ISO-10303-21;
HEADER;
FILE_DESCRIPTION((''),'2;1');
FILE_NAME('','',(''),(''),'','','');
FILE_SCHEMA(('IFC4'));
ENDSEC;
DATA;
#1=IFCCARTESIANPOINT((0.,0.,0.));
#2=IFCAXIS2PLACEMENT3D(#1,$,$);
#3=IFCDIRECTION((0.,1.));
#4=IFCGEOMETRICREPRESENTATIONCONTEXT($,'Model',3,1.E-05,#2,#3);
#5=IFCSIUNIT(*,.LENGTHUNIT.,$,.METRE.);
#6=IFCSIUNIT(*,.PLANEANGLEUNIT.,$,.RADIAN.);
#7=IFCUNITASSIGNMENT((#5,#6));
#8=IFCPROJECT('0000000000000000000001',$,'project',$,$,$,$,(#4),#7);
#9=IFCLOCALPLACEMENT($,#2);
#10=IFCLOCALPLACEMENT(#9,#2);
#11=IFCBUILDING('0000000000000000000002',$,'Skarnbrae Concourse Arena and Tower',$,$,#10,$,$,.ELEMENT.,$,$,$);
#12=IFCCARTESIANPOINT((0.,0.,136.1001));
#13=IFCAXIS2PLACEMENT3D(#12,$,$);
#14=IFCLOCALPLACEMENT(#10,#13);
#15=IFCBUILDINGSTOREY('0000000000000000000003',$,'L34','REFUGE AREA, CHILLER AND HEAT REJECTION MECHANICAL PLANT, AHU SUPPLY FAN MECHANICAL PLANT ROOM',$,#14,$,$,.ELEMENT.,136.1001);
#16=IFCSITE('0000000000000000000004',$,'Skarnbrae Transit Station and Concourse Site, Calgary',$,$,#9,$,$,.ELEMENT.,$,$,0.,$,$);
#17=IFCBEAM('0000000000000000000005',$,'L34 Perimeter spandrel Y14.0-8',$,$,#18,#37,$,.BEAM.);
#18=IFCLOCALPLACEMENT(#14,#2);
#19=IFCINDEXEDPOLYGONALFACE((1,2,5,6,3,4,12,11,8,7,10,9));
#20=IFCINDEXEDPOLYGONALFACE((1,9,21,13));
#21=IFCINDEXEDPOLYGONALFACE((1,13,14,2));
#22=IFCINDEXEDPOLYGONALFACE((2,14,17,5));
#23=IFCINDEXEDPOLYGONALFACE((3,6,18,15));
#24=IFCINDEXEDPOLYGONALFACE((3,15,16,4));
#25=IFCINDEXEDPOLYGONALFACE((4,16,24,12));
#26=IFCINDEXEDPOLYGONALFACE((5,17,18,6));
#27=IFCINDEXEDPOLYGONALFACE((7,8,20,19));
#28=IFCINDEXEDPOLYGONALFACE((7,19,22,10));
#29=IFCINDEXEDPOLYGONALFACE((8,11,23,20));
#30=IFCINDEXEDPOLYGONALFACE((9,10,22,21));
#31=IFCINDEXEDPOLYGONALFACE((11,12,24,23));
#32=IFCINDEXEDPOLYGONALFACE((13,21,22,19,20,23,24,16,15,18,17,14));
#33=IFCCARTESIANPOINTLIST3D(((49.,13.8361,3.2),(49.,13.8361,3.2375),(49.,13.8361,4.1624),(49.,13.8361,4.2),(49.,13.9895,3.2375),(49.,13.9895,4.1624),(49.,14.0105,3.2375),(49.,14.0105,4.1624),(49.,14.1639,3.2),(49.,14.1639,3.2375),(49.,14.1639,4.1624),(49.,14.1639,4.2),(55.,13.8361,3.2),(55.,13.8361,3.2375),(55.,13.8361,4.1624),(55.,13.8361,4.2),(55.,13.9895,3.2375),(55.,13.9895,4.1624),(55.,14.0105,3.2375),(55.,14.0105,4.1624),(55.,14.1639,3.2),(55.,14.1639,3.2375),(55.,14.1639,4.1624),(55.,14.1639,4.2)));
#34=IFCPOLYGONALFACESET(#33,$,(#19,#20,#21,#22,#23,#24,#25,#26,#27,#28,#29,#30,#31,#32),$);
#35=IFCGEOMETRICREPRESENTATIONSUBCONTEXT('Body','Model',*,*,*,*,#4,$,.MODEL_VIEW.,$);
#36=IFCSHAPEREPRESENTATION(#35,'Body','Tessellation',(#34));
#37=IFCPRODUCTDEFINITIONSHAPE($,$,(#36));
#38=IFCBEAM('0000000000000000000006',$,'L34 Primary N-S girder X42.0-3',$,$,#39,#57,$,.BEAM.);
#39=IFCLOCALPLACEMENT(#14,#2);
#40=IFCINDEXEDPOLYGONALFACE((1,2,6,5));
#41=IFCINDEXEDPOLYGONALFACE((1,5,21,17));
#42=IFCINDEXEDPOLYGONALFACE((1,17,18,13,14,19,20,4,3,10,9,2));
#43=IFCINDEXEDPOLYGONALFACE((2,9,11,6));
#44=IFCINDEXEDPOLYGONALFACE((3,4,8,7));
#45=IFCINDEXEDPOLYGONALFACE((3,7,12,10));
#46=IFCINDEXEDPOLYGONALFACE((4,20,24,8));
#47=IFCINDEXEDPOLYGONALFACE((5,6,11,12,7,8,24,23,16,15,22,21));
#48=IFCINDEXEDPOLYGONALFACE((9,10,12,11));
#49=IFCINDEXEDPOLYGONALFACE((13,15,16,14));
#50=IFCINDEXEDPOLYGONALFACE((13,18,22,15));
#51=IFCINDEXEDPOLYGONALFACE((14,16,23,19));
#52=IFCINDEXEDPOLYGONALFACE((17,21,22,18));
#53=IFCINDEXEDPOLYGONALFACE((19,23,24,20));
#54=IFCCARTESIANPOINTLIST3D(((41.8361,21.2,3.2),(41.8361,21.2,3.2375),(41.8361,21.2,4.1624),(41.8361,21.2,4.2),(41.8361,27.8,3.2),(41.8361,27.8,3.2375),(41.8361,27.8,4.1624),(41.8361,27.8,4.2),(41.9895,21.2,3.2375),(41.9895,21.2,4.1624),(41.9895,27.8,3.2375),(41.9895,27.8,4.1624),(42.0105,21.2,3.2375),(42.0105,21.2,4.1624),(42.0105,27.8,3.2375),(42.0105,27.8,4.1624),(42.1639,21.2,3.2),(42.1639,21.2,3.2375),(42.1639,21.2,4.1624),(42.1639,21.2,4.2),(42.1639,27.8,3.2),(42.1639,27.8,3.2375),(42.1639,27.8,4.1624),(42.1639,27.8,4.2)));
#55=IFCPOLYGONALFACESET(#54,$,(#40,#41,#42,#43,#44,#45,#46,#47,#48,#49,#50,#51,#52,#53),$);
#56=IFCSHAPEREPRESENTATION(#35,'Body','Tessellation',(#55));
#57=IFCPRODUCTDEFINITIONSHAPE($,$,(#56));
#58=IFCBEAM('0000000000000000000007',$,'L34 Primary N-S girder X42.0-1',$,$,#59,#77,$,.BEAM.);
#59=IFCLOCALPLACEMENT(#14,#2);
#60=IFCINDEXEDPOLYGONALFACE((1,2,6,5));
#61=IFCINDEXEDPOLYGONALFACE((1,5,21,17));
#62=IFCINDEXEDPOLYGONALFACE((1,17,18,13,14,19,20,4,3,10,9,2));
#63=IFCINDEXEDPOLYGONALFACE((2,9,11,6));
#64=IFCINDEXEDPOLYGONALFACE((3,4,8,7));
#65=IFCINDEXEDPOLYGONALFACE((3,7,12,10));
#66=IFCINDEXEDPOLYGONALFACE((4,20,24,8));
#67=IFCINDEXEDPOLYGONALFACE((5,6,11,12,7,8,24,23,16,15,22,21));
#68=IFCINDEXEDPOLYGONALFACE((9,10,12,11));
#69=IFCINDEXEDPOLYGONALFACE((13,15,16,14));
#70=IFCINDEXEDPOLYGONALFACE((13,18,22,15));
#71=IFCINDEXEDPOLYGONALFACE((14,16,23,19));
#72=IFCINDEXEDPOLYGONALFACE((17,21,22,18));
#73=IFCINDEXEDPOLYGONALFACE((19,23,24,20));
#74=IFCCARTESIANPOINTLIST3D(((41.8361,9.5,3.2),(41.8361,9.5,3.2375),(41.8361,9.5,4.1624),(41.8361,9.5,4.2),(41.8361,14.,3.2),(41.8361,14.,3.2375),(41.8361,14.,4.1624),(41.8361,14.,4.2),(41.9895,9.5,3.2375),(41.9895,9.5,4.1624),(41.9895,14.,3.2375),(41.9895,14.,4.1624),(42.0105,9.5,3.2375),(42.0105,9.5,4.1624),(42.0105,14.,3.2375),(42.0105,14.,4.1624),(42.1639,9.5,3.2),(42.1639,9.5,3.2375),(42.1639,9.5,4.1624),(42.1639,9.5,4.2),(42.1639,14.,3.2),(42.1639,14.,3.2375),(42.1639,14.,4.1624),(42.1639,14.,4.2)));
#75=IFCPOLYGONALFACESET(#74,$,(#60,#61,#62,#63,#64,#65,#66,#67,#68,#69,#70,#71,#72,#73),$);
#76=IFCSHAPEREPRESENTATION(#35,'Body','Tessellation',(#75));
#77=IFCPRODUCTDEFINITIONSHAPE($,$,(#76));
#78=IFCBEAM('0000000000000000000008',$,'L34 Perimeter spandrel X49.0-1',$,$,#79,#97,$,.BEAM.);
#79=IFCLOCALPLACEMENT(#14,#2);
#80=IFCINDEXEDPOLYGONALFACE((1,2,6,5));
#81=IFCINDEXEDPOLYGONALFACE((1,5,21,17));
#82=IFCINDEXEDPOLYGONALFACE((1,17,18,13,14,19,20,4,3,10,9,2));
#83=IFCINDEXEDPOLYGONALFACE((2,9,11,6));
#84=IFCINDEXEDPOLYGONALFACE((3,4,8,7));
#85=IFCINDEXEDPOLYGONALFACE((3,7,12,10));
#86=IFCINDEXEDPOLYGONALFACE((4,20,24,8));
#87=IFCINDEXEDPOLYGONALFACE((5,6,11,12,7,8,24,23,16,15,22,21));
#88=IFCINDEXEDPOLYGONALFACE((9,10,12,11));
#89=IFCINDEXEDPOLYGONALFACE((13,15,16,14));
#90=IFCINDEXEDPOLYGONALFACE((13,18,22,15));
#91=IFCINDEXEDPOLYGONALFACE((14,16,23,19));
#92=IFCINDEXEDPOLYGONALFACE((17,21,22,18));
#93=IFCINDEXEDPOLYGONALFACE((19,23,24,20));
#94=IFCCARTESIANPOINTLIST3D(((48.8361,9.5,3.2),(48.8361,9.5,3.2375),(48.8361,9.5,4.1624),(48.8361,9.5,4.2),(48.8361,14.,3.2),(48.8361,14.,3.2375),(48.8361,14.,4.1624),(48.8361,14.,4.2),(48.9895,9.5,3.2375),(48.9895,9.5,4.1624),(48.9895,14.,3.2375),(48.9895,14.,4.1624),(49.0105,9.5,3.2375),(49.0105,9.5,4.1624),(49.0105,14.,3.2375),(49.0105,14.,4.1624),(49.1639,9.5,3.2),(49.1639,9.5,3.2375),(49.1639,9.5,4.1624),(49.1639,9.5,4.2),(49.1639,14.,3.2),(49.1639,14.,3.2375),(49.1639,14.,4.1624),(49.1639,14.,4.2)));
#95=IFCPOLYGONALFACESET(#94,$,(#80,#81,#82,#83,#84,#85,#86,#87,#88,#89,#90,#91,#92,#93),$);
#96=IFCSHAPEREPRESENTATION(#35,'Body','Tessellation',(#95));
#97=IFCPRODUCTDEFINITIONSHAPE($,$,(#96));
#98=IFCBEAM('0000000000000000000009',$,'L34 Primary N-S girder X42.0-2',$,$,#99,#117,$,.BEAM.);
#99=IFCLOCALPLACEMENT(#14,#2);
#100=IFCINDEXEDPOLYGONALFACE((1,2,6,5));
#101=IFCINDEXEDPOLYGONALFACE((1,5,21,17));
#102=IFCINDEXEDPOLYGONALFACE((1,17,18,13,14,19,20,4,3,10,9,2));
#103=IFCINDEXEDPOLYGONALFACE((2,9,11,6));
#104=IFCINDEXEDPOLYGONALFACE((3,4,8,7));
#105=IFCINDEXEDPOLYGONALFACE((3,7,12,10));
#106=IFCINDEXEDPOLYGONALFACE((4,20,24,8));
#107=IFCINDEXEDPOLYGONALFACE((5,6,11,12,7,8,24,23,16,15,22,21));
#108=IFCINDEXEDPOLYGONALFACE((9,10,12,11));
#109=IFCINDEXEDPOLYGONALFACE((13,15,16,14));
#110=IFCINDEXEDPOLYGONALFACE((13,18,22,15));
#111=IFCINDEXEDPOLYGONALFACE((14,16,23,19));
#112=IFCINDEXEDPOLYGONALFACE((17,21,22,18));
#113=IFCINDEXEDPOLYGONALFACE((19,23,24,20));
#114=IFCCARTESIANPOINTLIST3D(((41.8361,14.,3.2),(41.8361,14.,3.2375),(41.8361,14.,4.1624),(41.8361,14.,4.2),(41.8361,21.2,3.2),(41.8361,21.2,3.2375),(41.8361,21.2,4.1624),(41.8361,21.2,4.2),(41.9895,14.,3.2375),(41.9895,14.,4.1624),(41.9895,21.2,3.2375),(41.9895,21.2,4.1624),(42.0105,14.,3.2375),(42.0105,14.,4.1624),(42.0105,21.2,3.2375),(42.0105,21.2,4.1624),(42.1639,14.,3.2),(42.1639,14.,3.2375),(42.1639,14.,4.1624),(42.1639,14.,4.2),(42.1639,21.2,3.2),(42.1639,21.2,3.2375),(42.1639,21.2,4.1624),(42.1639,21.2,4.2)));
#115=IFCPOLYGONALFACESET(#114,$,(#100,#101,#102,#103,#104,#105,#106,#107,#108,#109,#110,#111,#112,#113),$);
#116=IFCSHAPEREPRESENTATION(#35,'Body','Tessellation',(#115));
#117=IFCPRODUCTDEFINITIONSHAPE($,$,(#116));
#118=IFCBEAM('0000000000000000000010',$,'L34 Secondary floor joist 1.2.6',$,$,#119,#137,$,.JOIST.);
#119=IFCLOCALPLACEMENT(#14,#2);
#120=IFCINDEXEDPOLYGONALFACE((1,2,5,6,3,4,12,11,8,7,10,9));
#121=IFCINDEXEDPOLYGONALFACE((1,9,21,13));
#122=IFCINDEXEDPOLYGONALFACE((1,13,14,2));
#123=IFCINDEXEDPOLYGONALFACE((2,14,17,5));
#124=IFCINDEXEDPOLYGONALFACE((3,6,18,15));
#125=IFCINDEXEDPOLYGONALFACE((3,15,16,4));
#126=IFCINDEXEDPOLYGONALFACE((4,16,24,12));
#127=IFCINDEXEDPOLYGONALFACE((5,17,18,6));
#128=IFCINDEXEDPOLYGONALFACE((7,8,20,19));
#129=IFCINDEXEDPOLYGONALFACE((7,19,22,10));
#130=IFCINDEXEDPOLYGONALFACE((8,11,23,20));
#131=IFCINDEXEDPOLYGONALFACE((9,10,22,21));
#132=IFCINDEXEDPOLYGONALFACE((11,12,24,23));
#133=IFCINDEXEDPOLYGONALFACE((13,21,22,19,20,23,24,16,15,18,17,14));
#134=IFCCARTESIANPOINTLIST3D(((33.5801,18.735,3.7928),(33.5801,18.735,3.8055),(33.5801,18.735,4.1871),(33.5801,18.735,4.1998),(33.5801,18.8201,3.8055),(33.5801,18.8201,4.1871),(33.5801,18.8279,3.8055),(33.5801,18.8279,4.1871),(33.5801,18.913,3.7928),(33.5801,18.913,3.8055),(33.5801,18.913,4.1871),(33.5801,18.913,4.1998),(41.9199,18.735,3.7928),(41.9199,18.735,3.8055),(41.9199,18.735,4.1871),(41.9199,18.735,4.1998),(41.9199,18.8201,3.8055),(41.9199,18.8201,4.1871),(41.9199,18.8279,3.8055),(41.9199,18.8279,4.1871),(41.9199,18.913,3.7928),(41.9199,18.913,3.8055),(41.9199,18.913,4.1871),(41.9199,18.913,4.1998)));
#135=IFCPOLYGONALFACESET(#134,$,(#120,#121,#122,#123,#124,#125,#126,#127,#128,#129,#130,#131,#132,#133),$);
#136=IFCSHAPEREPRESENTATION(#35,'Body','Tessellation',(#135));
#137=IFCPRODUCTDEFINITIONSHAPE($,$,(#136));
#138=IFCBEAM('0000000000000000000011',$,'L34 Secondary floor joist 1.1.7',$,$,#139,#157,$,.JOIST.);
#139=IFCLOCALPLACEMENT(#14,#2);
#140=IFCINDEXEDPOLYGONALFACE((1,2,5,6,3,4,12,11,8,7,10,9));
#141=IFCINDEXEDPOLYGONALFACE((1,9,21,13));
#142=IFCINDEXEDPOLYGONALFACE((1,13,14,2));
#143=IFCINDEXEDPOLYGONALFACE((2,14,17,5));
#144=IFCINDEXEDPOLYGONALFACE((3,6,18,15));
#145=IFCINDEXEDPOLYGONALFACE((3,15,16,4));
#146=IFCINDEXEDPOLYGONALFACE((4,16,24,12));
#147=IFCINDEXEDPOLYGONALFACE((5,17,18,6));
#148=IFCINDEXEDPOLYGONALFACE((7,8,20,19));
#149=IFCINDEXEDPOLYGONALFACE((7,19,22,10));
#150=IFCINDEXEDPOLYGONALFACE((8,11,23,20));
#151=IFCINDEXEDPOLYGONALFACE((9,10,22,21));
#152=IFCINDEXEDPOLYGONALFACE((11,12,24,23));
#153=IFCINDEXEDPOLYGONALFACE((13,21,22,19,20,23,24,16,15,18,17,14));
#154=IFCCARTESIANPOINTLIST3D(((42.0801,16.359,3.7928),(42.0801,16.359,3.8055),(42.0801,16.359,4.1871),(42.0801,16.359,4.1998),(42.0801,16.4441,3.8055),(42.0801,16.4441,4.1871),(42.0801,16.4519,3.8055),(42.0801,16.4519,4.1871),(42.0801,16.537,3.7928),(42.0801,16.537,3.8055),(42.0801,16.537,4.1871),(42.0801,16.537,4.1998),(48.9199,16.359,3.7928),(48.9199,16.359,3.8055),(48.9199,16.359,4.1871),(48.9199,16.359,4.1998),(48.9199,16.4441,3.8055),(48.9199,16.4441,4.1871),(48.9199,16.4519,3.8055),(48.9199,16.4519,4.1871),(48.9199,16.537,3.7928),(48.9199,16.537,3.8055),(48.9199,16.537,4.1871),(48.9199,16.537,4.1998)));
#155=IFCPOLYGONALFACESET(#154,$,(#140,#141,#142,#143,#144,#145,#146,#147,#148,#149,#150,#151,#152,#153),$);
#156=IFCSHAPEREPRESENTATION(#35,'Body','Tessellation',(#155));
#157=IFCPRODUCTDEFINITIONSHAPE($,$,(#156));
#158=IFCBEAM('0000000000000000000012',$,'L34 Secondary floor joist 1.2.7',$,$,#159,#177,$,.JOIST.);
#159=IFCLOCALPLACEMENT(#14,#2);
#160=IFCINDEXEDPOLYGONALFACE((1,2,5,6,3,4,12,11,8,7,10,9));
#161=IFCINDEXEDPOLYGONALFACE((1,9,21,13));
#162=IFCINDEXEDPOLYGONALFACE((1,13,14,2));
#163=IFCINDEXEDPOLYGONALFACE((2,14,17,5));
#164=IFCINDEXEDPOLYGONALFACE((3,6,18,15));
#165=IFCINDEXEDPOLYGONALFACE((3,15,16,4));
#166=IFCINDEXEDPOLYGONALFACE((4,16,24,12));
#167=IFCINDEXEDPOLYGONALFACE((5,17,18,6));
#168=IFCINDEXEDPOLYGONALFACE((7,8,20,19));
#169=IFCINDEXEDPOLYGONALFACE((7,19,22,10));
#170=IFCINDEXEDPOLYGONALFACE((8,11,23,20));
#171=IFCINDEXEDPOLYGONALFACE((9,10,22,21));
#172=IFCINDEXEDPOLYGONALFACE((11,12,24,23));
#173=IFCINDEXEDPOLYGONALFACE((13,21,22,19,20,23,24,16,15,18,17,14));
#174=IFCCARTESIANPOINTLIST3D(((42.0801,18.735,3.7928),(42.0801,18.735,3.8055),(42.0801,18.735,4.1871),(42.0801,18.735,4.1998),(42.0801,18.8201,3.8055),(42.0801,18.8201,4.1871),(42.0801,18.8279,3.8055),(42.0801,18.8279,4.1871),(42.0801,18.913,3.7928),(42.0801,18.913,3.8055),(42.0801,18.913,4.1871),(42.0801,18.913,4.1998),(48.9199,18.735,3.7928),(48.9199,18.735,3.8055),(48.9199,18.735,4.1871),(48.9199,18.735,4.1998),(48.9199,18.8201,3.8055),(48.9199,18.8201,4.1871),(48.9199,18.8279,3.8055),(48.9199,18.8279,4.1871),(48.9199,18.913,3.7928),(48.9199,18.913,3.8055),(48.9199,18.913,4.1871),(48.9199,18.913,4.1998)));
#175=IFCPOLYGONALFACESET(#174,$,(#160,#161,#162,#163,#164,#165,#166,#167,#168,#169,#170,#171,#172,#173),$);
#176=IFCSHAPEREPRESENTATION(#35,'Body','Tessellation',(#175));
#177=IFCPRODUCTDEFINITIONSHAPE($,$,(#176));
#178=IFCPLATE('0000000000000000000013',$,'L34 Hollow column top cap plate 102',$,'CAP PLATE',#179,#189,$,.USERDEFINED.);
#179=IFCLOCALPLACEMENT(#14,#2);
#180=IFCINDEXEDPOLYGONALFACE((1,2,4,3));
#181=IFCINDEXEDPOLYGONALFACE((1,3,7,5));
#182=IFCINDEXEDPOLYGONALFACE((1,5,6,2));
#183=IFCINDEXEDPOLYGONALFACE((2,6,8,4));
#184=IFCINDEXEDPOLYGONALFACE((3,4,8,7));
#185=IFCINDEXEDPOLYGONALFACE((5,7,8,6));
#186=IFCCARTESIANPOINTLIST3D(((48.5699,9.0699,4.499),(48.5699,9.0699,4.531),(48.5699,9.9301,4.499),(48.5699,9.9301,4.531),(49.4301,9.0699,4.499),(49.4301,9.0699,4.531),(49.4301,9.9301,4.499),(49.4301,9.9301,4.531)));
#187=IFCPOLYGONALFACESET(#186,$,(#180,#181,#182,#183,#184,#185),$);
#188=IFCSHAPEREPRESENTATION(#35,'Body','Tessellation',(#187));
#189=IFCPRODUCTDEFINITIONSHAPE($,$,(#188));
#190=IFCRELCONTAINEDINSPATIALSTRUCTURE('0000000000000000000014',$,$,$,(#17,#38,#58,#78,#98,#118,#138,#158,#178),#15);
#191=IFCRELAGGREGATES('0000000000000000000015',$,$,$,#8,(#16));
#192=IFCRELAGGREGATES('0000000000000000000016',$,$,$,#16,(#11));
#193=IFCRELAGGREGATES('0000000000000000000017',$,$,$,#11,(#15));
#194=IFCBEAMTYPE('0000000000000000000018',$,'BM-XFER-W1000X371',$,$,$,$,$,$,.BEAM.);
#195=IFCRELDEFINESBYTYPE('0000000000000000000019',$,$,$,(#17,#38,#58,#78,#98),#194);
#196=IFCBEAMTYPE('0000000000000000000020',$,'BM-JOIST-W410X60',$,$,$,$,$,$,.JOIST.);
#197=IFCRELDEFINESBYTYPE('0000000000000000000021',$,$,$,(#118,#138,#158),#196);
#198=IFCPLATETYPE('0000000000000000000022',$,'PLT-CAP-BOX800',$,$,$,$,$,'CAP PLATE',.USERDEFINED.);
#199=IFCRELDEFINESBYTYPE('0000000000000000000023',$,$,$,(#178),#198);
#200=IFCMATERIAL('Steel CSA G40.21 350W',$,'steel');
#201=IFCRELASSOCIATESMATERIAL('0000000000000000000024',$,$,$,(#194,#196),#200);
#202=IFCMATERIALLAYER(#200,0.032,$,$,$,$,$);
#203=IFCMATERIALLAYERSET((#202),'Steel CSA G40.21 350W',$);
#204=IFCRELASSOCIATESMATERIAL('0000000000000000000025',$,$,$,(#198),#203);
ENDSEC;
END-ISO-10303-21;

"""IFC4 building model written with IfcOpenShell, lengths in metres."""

from ifc_helpers import new_model, si_unit, direction, frame, origin, origin_2d, place, context, subcontext, project, spatial, rectangle, i_section, extrude, source, transform, mapped, material, layer, layer_set, material_profile, profile_set, type_object, element, save


model = new_model("IFC4")

# Units and contexts
model_context = context("Model", 3, precision=1e-05, world=origin(), true_north=direction((0.0, 1.0)))
body_context = subcontext(model_context, "Body", "Model", "MODEL_VIEW")
ifc_project = project(units=[si_unit("LENGTHUNIT", "METRE"), si_unit("PLANEANGLEUNIT", "RADIAN")], contexts=[model_context])

# Site, building, storey
site_placement = place(None, origin())
site = spatial("IfcSite", under=ifc_project, at=site_placement, Name="Skarnbrae Transit Station and Concourse Site, Calgary", CompositionType="ELEMENT", RefElevation=0.0)
building_placement = place(site_placement, origin())
building = spatial("IfcBuilding", under=site, at=building_placement, Name="Skarnbrae Concourse Arena and Tower", CompositionType="ELEMENT")
storey_placement = place(building_placement, frame((0.0, 0.0, 136.1001)))
storey = spatial("IfcBuildingStorey", under=building, at=storey_placement, Name="L34", Description="REFUGE AREA, CHILLER AND HEAT REJECTION MECHANICAL PLANT, AHU SUPPLY FAN MECHANICAL PLANT ROOM", CompositionType="ELEMENT", Elevation=136.1001)

# Shared definitions
ifc_material_1 = material(Name="Steel CSA G40.21 350W", Category="steel")

# Beams
ifc_material_profile_1 = material_profile(ifc_material_1, i_section(OverallWidth=0.3279, OverallDepth=1.0, WebThickness=0.021, FlangeThickness=0.0376, at=origin_2d()), Name="W1000X371")
ifc_profile_set_1 = profile_set([ifc_material_profile_1], Name="Steel CSA G40.21 350W")
beam_type_1 = type_object("IfcBeamType", Name="BM-XFER-W1000X371", PredefinedType="BEAM", material=ifc_profile_set_1)
shared_shape_1 = source(origin(), body_context, "Body", "SweptSolid", [
    extrude(i_section(OverallWidth=0.3279, OverallDepth=1.0, WebThickness=0.021, FlangeThickness=0.0376, at=origin_2d()), origin(), (0.0, 0.0, 1.0), 6.0),
])
for number, where, z_axis, x_axis, name in (
    (1, (49.0, 14.0, 3.7), (1.0, 0.0, 0.0), (0.0, 1.0, 0.0), "L34 Perimeter spandrel Y14.0-8"),
):
    element("IfcBeam", number, at=place(storey_placement, frame(where, z_axis=z_axis, x_axis=x_axis)), inside=storey, type_object=beam_type_1, Name=name, PredefinedType="BEAM", context=body_context, shape_type="MappedRepresentation", body=[
        mapped(shared_shape_1, transform((0.0, 0.0, 0.0))),
    ])
shared_shape_2 = source(origin(), body_context, "Body", "SweptSolid", [
    extrude(i_section(OverallWidth=0.3279, OverallDepth=1.0, WebThickness=0.021, FlangeThickness=0.0376, at=origin_2d()), origin(), (0.0, 0.0, 1.0), 6.6001),
])
beam_1_placement = place(storey_placement, frame((42.0, 21.2, 3.7), z_axis=(0.0, 1.0, 0.0), x_axis=(-1.0, 0.0, 0.0)))
element("IfcBeam", 2, at=beam_1_placement, inside=storey, type_object=beam_type_1, Name="L34 Primary N-S girder X42.0-3", PredefinedType="BEAM", context=body_context, shape_type="MappedRepresentation", body=[
    mapped(shared_shape_2, transform((0.0, 0.0, 0.0))),
])
shared_shape_3 = source(origin(), body_context, "Body", "SweptSolid", [
    extrude(i_section(OverallWidth=0.3279, OverallDepth=1.0, WebThickness=0.021, FlangeThickness=0.0376, at=origin_2d()), origin(), (0.0, 0.0, 1.0), 4.5),
])
for number, where, z_axis, x_axis, name in (
    (3, (42.0, 9.5, 3.7), (0.0, 1.0, 0.0), (-1.0, 0.0, 0.0), "L34 Primary N-S girder X42.0-1"),
    (4, (49.0, 9.5, 3.7), (0.0, 1.0, 0.0), (-1.0, 0.0, 0.0), "L34 Perimeter spandrel X49.0-1"),
):
    element("IfcBeam", number, at=place(storey_placement, frame(where, z_axis=z_axis, x_axis=x_axis)), inside=storey, type_object=beam_type_1, Name=name, PredefinedType="BEAM", context=body_context, shape_type="MappedRepresentation", body=[
        mapped(shared_shape_3, transform((0.0, 0.0, 0.0))),
    ])
shared_shape_4 = source(origin(), body_context, "Body", "SweptSolid", [
    extrude(i_section(OverallWidth=0.3279, OverallDepth=1.0, WebThickness=0.021, FlangeThickness=0.0376, at=origin_2d()), origin(), (0.0, 0.0, 1.0), 7.2),
])
beam_2_placement = place(storey_placement, frame((42.0, 14.0, 3.7), z_axis=(0.0, 1.0, 0.0), x_axis=(-1.0, 0.0, 0.0)))
element("IfcBeam", 5, at=beam_2_placement, inside=storey, type_object=beam_type_1, Name="L34 Primary N-S girder X42.0-2", PredefinedType="BEAM", context=body_context, shape_type="MappedRepresentation", body=[
    mapped(shared_shape_4, transform((0.0, 0.0, 0.0))),
])
ifc_material_profile_2 = material_profile(ifc_material_1, i_section(OverallWidth=0.178, OverallDepth=0.407, WebThickness=0.0078, FlangeThickness=0.0127, at=origin_2d()), Name="W410X60")
ifc_profile_set_2 = profile_set([ifc_material_profile_2], Name="Steel CSA G40.21 350W")
beam_type_2 = type_object("IfcBeamType", Name="BM-JOIST-W410X60", PredefinedType="JOIST", material=ifc_profile_set_2)
shared_shape_5 = source(origin(), body_context, "Body", "SweptSolid", [
    extrude(i_section(OverallWidth=0.178, OverallDepth=0.407, WebThickness=0.0078, FlangeThickness=0.0127, at=origin_2d()), origin(), (0.0, 0.0, 1.0), 8.3398),
])
beam_3_placement = place(storey_placement, frame((33.5801, 18.824, 3.9963), z_axis=(1.0, 0.0, 0.0), x_axis=(0.0, 1.0, 0.0)))
element("IfcBeam", 6, at=beam_3_placement, inside=storey, type_object=beam_type_2, Name="L34 Secondary floor joist 1.2.6", PredefinedType="JOIST", context=body_context, shape_type="MappedRepresentation", body=[
    mapped(shared_shape_5, transform((0.0, 0.0, 0.0))),
])
shared_shape_6 = source(origin(), body_context, "Body", "SweptSolid", [
    extrude(i_section(OverallWidth=0.178, OverallDepth=0.407, WebThickness=0.0078, FlangeThickness=0.0127, at=origin_2d()), origin(), (0.0, 0.0, 1.0), 6.8398),
])
for number, where, z_axis, x_axis, name in (
    (7, (42.0801, 16.448, 3.9963), (1.0, 0.0, 0.0), (0.0, 1.0, 0.0), "L34 Secondary floor joist 1.1.7"),
    (8, (42.0801, 18.824, 3.9963), (1.0, 0.0, 0.0), (0.0, 1.0, 0.0), "L34 Secondary floor joist 1.2.7"),
):
    element("IfcBeam", number, at=place(storey_placement, frame(where, z_axis=z_axis, x_axis=x_axis)), inside=storey, type_object=beam_type_2, Name=name, PredefinedType="JOIST", context=body_context, shape_type="MappedRepresentation", body=[
        mapped(shared_shape_6, transform((0.0, 0.0, 0.0))),
    ])

# Plate
ifc_layer_1 = layer(ifc_material_1, 0.032)
ifc_layer_set_1 = layer_set([ifc_layer_1], Name="Steel CSA G40.21 350W")
plate_type = type_object("IfcPlateType", Name="PLT-CAP-BOX800", ElementType="CAP PLATE", PredefinedType="USERDEFINED", material=ifc_layer_set_1)
shared_shape_7 = source(origin(), body_context, "Body", "SweptSolid", [
    extrude(rectangle(XDim=0.8601, YDim=0.8601, at=origin_2d()), origin(), (0.0, 0.0, 1.0), 0.032),
])
plate_placement = place(storey_placement, frame((49.0, 9.5, 4.499), z_axis=(0.0, 0.0, 1.0), x_axis=(1.0, 0.0, 0.0)))
element("IfcPlate", 9, at=plate_placement, inside=storey, type_object=plate_type, Name="L34 Hollow column top cap plate 102", ObjectType="CAP PLATE", PredefinedType="USERDEFINED", context=body_context, shape_type="MappedRepresentation", body=[
    mapped(shared_shape_7, transform((0.0, 0.0, 0.0))),
])

save(model, "model.ifc")
